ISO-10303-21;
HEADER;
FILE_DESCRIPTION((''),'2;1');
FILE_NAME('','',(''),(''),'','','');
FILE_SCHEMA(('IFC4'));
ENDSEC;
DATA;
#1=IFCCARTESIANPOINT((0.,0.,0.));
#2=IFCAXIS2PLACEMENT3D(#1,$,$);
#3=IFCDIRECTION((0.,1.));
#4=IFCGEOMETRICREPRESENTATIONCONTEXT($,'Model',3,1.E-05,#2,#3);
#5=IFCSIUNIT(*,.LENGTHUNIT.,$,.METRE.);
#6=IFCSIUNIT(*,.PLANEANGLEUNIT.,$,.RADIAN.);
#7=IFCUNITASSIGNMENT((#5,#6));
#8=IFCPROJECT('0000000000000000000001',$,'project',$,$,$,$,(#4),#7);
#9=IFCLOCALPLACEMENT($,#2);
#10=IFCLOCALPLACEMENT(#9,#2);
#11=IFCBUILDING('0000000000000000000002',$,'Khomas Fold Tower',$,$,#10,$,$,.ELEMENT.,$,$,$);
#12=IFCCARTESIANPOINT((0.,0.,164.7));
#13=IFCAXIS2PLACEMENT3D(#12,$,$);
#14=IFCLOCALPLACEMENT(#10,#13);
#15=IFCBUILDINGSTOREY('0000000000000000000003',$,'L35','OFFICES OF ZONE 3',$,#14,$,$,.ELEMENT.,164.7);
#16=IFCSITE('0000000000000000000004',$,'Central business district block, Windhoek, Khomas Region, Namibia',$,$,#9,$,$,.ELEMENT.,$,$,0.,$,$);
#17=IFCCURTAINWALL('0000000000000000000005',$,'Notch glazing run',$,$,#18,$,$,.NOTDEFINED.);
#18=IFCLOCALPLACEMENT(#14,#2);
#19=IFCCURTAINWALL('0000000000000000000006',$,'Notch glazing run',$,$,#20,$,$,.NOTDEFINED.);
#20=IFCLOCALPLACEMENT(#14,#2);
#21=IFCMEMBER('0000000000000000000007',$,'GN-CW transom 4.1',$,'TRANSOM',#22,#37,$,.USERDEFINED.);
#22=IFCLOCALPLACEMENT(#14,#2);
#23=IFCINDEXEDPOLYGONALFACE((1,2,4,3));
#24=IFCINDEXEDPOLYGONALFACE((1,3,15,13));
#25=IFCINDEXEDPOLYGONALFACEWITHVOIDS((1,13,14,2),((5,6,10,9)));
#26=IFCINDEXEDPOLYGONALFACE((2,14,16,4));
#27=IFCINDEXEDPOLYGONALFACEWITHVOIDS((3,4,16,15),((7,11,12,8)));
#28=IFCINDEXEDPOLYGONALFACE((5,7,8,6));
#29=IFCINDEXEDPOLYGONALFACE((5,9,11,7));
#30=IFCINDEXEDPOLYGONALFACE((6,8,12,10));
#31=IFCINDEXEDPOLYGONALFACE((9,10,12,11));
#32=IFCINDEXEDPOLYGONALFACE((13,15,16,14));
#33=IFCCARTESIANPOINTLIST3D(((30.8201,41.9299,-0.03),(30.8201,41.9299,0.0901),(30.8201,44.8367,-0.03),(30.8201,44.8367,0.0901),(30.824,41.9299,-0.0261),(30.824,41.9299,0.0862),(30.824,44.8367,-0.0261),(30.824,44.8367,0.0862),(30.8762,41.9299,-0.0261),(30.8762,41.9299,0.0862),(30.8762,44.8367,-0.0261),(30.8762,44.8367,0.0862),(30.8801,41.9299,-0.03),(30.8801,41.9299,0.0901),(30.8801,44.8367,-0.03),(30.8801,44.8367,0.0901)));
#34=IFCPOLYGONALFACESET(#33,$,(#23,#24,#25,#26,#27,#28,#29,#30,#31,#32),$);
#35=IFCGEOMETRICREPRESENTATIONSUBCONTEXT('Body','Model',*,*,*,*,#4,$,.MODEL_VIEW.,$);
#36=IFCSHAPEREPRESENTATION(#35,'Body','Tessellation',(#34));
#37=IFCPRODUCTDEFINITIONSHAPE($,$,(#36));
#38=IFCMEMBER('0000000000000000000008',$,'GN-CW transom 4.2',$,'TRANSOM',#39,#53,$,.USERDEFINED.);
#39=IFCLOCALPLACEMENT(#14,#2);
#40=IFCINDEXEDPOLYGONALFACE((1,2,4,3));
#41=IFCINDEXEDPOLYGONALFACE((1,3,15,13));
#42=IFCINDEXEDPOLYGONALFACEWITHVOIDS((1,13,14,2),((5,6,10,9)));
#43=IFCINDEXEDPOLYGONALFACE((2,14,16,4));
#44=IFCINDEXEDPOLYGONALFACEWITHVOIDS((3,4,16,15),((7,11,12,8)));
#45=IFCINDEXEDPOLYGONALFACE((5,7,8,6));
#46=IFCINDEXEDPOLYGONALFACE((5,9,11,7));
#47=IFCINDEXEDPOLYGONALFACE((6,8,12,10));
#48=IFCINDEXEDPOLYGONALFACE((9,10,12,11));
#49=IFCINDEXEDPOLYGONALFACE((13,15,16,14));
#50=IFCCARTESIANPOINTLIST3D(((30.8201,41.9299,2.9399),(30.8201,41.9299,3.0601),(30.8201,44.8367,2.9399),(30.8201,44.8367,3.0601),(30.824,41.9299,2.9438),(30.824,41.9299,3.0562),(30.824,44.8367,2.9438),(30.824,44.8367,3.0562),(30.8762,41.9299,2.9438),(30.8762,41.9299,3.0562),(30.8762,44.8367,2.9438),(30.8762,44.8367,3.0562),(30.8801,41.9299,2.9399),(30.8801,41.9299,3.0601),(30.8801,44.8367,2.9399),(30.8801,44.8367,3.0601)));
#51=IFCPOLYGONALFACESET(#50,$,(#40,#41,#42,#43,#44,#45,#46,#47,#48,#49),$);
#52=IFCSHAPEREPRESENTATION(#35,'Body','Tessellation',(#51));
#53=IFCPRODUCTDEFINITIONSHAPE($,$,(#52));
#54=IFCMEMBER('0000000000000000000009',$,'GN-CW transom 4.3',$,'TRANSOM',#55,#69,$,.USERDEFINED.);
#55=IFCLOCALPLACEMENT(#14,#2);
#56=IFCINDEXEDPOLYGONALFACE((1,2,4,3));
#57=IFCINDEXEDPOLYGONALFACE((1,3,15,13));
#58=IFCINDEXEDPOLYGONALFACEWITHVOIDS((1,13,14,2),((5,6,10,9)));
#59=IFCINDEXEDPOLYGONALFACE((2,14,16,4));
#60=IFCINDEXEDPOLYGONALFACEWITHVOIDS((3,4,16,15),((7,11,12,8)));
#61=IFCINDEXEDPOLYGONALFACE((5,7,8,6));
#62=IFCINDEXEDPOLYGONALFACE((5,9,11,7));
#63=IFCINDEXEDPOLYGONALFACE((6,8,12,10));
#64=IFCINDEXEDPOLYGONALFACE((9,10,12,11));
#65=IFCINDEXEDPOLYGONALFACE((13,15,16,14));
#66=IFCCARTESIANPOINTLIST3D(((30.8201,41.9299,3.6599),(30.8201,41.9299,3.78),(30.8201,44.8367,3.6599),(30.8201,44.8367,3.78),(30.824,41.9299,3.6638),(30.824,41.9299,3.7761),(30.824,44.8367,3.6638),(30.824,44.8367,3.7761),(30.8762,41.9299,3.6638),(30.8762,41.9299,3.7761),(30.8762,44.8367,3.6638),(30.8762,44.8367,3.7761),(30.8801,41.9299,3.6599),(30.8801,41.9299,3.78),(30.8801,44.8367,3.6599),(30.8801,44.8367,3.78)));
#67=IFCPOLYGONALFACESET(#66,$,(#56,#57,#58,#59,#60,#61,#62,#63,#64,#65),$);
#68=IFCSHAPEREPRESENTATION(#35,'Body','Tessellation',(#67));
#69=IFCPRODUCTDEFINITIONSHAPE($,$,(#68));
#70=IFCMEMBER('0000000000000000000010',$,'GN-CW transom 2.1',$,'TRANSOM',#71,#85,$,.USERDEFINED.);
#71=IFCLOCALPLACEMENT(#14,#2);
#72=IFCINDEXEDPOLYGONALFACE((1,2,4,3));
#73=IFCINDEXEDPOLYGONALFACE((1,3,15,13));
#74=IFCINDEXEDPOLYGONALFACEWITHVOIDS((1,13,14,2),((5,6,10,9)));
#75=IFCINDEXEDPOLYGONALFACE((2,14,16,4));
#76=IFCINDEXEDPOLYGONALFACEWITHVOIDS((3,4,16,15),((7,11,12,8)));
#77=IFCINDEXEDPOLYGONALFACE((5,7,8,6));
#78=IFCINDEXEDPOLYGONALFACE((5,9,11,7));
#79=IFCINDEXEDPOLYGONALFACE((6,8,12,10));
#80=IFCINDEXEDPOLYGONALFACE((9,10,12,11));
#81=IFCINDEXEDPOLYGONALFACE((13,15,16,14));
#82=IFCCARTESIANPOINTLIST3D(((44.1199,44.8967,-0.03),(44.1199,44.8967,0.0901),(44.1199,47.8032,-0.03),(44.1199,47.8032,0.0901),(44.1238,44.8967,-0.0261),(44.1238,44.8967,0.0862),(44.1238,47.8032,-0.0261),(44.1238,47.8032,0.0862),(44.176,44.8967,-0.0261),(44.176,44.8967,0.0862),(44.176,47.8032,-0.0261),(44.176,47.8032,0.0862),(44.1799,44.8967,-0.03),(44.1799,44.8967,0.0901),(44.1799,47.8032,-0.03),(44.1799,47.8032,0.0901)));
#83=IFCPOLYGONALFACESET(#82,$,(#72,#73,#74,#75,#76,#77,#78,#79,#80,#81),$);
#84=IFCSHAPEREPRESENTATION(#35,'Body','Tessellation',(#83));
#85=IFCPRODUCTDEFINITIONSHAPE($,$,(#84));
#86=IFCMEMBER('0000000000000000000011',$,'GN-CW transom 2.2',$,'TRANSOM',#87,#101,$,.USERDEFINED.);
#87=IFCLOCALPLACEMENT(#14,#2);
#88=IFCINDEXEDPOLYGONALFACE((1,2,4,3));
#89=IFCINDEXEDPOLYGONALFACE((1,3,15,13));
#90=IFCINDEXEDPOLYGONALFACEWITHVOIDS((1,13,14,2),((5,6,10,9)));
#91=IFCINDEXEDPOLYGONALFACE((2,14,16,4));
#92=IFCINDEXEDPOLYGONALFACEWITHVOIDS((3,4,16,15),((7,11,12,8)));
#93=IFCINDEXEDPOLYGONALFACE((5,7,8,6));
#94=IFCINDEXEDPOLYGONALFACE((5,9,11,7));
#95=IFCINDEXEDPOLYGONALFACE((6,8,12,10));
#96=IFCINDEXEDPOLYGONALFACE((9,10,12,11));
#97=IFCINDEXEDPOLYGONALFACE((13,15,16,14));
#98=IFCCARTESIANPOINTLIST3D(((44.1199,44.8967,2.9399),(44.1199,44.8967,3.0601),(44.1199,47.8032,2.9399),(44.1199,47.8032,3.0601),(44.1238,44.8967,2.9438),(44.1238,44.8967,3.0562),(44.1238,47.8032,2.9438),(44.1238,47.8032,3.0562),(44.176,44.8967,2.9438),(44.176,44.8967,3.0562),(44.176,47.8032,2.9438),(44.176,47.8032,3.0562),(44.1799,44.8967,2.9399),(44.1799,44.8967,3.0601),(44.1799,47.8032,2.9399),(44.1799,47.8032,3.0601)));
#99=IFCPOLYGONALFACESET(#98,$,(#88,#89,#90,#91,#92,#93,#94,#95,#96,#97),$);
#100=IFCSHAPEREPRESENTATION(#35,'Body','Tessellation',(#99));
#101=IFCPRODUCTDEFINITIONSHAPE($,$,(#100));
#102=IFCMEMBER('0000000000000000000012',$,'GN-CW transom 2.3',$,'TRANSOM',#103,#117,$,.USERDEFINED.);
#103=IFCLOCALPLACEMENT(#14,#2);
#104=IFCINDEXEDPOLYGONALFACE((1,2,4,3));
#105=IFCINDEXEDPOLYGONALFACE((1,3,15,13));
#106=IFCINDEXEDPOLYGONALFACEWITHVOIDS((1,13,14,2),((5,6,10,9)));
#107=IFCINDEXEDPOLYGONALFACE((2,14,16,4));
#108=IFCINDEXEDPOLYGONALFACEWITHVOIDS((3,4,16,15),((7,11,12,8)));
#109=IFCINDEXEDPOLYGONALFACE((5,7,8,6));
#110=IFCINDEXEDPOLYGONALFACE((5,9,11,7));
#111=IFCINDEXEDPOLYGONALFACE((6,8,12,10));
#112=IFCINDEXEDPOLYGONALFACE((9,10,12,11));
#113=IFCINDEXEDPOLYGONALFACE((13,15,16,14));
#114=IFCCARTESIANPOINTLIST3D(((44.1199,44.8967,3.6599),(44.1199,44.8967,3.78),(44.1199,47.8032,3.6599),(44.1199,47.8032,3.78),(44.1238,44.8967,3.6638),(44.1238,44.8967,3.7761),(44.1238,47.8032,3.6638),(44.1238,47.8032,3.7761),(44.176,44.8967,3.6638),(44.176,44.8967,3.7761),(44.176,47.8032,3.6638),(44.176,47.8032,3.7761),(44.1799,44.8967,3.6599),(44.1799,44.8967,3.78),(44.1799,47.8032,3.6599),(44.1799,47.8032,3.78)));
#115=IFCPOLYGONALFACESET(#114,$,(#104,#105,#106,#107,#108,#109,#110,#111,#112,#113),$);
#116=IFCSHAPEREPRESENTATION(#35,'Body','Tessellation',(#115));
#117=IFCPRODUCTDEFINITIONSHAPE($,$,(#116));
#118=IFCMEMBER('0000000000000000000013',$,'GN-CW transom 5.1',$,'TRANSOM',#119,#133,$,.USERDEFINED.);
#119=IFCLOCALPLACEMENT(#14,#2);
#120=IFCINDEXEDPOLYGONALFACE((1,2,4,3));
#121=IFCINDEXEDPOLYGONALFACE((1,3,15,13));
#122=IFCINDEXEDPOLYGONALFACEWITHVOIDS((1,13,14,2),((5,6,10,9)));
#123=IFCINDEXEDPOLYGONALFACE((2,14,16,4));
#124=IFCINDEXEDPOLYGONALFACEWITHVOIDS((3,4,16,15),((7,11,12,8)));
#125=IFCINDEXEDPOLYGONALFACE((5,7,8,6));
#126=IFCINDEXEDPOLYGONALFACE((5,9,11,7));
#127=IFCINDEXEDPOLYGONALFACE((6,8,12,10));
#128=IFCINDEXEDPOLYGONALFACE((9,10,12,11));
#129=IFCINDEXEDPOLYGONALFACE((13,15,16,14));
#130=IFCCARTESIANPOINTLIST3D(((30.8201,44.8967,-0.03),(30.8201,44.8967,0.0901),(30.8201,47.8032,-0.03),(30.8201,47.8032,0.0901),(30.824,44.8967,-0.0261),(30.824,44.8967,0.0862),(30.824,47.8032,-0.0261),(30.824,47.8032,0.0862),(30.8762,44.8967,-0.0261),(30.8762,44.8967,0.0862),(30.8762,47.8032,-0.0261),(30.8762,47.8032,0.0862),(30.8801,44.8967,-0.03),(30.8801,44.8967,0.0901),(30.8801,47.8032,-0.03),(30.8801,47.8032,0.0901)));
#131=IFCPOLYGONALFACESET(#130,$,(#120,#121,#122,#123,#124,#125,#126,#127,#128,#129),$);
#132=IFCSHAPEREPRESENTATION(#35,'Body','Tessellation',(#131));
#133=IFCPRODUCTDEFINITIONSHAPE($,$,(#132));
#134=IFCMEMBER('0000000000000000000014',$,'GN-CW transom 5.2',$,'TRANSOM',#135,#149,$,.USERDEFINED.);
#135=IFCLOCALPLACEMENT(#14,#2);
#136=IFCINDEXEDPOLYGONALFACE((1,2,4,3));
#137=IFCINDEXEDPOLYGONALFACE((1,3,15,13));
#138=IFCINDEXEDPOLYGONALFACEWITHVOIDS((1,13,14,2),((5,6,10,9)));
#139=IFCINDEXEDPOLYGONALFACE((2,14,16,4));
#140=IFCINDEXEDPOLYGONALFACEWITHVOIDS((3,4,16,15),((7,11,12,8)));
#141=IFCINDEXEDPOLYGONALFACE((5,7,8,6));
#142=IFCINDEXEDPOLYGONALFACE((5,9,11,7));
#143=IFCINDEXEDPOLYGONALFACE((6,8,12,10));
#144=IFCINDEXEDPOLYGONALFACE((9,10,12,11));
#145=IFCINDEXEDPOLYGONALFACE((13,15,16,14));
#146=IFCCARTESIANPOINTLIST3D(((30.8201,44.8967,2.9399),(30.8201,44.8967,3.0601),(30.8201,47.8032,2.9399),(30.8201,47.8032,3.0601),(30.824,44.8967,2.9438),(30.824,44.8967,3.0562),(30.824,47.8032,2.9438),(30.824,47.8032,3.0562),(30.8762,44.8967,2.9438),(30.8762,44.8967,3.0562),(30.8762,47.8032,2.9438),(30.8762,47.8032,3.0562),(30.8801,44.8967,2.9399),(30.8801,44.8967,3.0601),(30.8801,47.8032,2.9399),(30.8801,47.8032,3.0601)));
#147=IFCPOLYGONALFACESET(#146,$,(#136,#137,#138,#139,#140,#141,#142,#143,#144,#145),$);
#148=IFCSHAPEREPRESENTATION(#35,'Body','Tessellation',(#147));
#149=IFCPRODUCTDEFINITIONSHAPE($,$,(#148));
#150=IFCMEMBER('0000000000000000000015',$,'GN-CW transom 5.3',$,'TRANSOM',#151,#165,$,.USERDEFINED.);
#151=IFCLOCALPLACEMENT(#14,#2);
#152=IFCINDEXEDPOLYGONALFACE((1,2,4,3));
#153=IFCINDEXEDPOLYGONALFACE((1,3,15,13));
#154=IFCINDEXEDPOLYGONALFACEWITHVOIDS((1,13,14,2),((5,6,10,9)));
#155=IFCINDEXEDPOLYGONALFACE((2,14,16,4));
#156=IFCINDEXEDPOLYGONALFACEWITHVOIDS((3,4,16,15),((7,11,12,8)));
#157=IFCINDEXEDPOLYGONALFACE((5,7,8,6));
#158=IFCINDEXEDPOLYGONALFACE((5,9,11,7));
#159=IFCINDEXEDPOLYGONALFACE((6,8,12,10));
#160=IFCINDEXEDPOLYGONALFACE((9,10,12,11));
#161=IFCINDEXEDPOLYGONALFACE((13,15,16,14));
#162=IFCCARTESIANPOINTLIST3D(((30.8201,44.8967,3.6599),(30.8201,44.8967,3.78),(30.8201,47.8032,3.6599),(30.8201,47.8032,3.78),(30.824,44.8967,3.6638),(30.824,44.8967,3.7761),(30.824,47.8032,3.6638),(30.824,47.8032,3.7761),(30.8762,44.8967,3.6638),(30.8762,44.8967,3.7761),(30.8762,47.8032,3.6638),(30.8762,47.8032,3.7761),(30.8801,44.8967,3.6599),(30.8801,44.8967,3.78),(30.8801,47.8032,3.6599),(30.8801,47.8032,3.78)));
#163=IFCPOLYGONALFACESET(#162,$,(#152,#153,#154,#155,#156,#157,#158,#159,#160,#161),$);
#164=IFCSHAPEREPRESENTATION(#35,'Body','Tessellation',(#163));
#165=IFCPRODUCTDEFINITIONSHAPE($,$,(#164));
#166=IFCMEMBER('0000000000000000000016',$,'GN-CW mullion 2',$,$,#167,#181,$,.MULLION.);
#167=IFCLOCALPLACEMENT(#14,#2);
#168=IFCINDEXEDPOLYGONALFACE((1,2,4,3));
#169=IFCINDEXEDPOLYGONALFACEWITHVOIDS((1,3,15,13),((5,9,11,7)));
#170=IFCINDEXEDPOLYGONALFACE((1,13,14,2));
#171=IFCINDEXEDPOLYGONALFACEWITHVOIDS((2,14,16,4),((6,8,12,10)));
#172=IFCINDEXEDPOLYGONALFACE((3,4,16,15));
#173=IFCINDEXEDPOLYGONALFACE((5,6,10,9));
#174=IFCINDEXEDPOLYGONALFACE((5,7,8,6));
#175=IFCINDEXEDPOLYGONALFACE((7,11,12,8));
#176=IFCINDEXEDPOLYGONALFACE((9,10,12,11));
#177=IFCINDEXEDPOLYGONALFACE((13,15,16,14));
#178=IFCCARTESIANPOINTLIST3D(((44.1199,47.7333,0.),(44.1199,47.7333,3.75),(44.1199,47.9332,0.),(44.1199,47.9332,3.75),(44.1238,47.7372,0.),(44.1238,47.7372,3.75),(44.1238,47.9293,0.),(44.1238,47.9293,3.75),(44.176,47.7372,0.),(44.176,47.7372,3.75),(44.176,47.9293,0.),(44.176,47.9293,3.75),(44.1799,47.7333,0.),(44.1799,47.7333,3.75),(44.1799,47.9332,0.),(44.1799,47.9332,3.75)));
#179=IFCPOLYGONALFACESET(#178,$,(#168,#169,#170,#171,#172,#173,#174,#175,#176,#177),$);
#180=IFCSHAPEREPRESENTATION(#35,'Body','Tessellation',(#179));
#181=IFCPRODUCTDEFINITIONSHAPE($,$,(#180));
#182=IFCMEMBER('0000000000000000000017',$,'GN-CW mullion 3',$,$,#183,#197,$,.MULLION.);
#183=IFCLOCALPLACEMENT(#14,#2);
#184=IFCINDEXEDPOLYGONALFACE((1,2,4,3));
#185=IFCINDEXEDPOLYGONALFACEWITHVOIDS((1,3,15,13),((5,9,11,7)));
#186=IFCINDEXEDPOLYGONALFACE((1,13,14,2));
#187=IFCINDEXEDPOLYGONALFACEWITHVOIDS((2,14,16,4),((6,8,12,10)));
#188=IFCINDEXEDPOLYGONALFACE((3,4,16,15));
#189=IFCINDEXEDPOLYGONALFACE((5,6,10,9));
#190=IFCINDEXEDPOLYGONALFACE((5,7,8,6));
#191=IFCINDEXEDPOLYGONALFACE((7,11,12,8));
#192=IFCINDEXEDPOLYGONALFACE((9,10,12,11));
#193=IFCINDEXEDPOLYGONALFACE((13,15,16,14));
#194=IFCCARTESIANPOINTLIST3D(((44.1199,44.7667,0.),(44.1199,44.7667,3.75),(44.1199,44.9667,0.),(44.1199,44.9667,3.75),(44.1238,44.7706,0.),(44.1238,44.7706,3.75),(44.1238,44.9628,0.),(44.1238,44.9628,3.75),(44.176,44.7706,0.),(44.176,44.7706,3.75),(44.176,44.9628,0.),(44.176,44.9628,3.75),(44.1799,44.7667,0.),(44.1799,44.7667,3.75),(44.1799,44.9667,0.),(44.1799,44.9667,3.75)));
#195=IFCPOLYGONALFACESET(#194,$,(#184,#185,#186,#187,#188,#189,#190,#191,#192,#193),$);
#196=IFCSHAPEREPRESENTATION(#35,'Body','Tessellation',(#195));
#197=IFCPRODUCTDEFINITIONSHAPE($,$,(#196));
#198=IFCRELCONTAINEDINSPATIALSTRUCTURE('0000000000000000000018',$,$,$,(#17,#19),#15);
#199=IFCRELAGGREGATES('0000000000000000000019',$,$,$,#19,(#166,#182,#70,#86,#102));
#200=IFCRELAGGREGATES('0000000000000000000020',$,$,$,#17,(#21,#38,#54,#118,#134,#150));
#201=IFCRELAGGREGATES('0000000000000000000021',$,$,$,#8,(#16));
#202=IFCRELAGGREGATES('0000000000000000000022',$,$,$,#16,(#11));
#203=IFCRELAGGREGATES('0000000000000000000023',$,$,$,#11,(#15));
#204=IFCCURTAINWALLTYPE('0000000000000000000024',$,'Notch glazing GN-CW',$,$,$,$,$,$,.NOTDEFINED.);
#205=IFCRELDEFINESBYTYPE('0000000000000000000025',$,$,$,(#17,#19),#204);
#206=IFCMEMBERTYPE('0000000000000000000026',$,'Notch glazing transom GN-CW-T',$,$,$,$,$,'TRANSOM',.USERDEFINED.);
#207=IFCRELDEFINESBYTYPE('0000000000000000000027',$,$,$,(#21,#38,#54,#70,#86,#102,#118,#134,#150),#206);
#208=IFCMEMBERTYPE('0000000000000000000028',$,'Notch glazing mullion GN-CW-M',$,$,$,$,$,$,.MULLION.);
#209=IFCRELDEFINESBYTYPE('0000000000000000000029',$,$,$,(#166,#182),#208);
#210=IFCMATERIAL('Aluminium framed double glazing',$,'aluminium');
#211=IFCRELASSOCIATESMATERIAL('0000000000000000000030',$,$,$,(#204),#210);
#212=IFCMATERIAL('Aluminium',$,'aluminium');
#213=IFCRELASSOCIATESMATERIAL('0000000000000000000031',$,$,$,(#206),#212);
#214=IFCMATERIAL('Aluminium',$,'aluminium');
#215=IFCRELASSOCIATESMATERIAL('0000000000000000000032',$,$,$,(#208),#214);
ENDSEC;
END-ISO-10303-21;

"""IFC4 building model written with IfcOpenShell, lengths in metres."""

from ifc_helpers import new_model, si_unit, direction, frame, origin, origin_2d, place, context, subcontext, project, spatial, hollow_rectangle, extrude, source, transform, mapped, material, material_profile, profile_set, type_object, element, aggregate, save


model = new_model("IFC4")

# Units and contexts
model_context = context("Model", 3, precision=1e-05, world=origin(), true_north=direction((0.0, 1.0)))
body_context = subcontext(model_context, "Body", "Model", "MODEL_VIEW")
ifc_project = project(units=[si_unit("LENGTHUNIT", "METRE"), si_unit("PLANEANGLEUNIT", "RADIAN")], contexts=[model_context])

# Site, building, storey
site_placement = place(None, origin())
site = spatial("IfcSite", under=ifc_project, at=site_placement, Name="Central business district block, Windhoek, Khomas Region, Namibia", CompositionType="ELEMENT", RefElevation=0.0)
building_placement = place(site_placement, origin())
building = spatial("IfcBuilding", under=site, at=building_placement, Name="Khomas Fold Tower", CompositionType="ELEMENT")
storey_placement = place(building_placement, frame((0.0, 0.0, 164.7)))
storey = spatial("IfcBuildingStorey", under=building, at=storey_placement, Name="L35", Description="OFFICES OF ZONE 3", CompositionType="ELEMENT", Elevation=164.7)

# Curtain walls
ifc_material_1 = material(Name="Aluminium framed double glazing", Category="aluminium")
curtain_wall_type_1 = type_object("IfcCurtainWallType", Name="Notch glazing GN-CW", PredefinedType="NOTDEFINED", material=ifc_material_1)
curtain_wall_1_placement = place(storey_placement, origin())
curtain_wall_1 = element("IfcCurtainWall", 1, at=curtain_wall_1_placement, inside=storey, type_object=curtain_wall_type_1, Name="Notch glazing run", PredefinedType="NOTDEFINED")
ifc_material_2 = material(Name="Aluminium", Category="aluminium")
ifc_material_profile_1 = material_profile(ifc_material_2, hollow_rectangle(XDim=0.0601, YDim=0.1201, WallThickness=0.0039, at=origin_2d()), Name="Notch glazing transom GN-CW-T")
ifc_profile_set_1 = profile_set([ifc_material_profile_1], Name="Aluminium")
member_type_1 = type_object("IfcMemberType", Name="Notch glazing transom GN-CW-T", ElementType="TRANSOM", PredefinedType="USERDEFINED", material=ifc_profile_set_1)
curtain_wall_2_placement = place(storey_placement, origin())
curtain_wall_2 = element("IfcCurtainWall", 2, at=curtain_wall_2_placement, inside=storey, type_object=curtain_wall_type_1, Name="Notch glazing run", PredefinedType="NOTDEFINED")
shared_shape_1 = source(origin(), body_context, "Body", "SweptSolid", [
    extrude(hollow_rectangle(XDim=0.0601, YDim=0.1201, WallThickness=0.0039, at=origin_2d()), origin(), (0.0, 0.0, 1.0), 2.9067),
])

# Members
member_1_placement = place(storey_placement, frame((30.8501, 41.9299, 0.03), z_axis=(0.0, 1.0, 0.0), x_axis=(-1.0, 0.0, 0.0)))
member_1 = element("IfcMember", 3, at=member_1_placement, type_object=member_type_1, Name="GN-CW transom 4.1", ObjectType="TRANSOM", PredefinedType="USERDEFINED", context=body_context, shape_type="MappedRepresentation", body=[
    mapped(shared_shape_1, transform((0.0, 0.0, 0.0))),
])
member_2_placement = place(storey_placement, frame((30.8501, 41.9299, 3.0), z_axis=(0.0, 1.0, 0.0), x_axis=(-1.0, 0.0, 0.0)))
member_2 = element("IfcMember", 4, at=member_2_placement, type_object=member_type_1, Name="GN-CW transom 4.2", ObjectType="TRANSOM", PredefinedType="USERDEFINED", context=body_context, shape_type="MappedRepresentation", body=[
    mapped(shared_shape_1, transform((0.0, 0.0, 0.0))),
])
member_3_placement = place(storey_placement, frame((30.8501, 41.9299, 3.72), z_axis=(0.0, 1.0, 0.0), x_axis=(-1.0, 0.0, 0.0)))
member_3 = element("IfcMember", 5, at=member_3_placement, type_object=member_type_1, Name="GN-CW transom 4.3", ObjectType="TRANSOM", PredefinedType="USERDEFINED", context=body_context, shape_type="MappedRepresentation", body=[
    mapped(shared_shape_1, transform((0.0, 0.0, 0.0))),
])
shared_shape_2 = source(origin(), body_context, "Body", "SweptSolid", [
    extrude(hollow_rectangle(XDim=0.0601, YDim=0.1201, WallThickness=0.0039, at=origin_2d()), origin(), (0.0, 0.0, 1.0), 2.9065),
])
member_4_placement = place(storey_placement, frame((44.1499, 47.8032, 0.03), z_axis=(0.0, -1.0, 0.0), x_axis=(1.0, 0.0, 0.0)))
member_4 = element("IfcMember", 6, at=member_4_placement, type_object=member_type_1, Name="GN-CW transom 2.1", ObjectType="TRANSOM", PredefinedType="USERDEFINED", context=body_context, shape_type="MappedRepresentation", body=[
    mapped(shared_shape_2, transform((0.0, 0.0, 0.0))),
])
member_5_placement = place(storey_placement, frame((44.1499, 47.8032, 3.0), z_axis=(0.0, -1.0, 0.0), x_axis=(1.0, 0.0, 0.0)))
member_5 = element("IfcMember", 7, at=member_5_placement, type_object=member_type_1, Name="GN-CW transom 2.2", ObjectType="TRANSOM", PredefinedType="USERDEFINED", context=body_context, shape_type="MappedRepresentation", body=[
    mapped(shared_shape_2, transform((0.0, 0.0, 0.0))),
])
member_6_placement = place(storey_placement, frame((44.1499, 47.8032, 3.72), z_axis=(0.0, -1.0, 0.0), x_axis=(1.0, 0.0, 0.0)))
member_6 = element("IfcMember", 8, at=member_6_placement, type_object=member_type_1, Name="GN-CW transom 2.3", ObjectType="TRANSOM", PredefinedType="USERDEFINED", context=body_context, shape_type="MappedRepresentation", body=[
    mapped(shared_shape_2, transform((0.0, 0.0, 0.0))),
])
member_7_placement = place(storey_placement, frame((30.8501, 44.8967, 0.03), z_axis=(0.0, 1.0, 0.0), x_axis=(-1.0, 0.0, 0.0)))
member_7 = element("IfcMember", 9, at=member_7_placement, type_object=member_type_1, Name="GN-CW transom 5.1", ObjectType="TRANSOM", PredefinedType="USERDEFINED", context=body_context, shape_type="MappedRepresentation", body=[
    mapped(shared_shape_2, transform((0.0, 0.0, 0.0))),
])
member_8_placement = place(storey_placement, frame((30.8501, 44.8967, 3.0), z_axis=(0.0, 1.0, 0.0), x_axis=(-1.0, 0.0, 0.0)))
member_8 = element("IfcMember", 10, at=member_8_placement, type_object=member_type_1, Name="GN-CW transom 5.2", ObjectType="TRANSOM", PredefinedType="USERDEFINED", context=body_context, shape_type="MappedRepresentation", body=[
    mapped(shared_shape_2, transform((0.0, 0.0, 0.0))),
])
member_9_placement = place(storey_placement, frame((30.8501, 44.8967, 3.72), z_axis=(0.0, 1.0, 0.0), x_axis=(-1.0, 0.0, 0.0)))
member_9 = element("IfcMember", 11, at=member_9_placement, type_object=member_type_1, Name="GN-CW transom 5.3", ObjectType="TRANSOM", PredefinedType="USERDEFINED", context=body_context, shape_type="MappedRepresentation", body=[
    mapped(shared_shape_2, transform((0.0, 0.0, 0.0))),
])
ifc_material_3 = material(Name="Aluminium", Category="aluminium")
ifc_material_profile_2 = material_profile(ifc_material_3, hollow_rectangle(XDim=0.0601, YDim=0.2, WallThickness=0.0039, at=origin_2d()), Name="Notch glazing mullion GN-CW-M")
ifc_profile_set_2 = profile_set([ifc_material_profile_2], Name="Aluminium")
member_type_2 = type_object("IfcMemberType", Name="Notch glazing mullion GN-CW-M", PredefinedType="MULLION", material=ifc_profile_set_2)
shared_shape_3 = source(origin(), body_context, "Body", "SweptSolid", [
    extrude(hollow_rectangle(XDim=0.0601, YDim=0.2, WallThickness=0.0039, at=origin_2d()), origin(), (0.0, 0.0, 1.0), 3.75),
])
member_10_placement = place(storey_placement, frame((44.1499, 47.8333, 0.0), z_axis=(0.0, 0.0, 1.0), x_axis=(1.0, 0.0, 0.0)))
member_10 = element("IfcMember", 12, at=member_10_placement, type_object=member_type_2, Name="GN-CW mullion 2", PredefinedType="MULLION", context=body_context, shape_type="MappedRepresentation", body=[
    mapped(shared_shape_3, transform((0.0, 0.0, 0.0))),
])
member_11_placement = place(storey_placement, frame((44.1499, 44.8667, 0.0), z_axis=(0.0, 0.0, 1.0), x_axis=(1.0, 0.0, 0.0)))
member_11 = element("IfcMember", 13, at=member_11_placement, type_object=member_type_2, Name="GN-CW mullion 3", PredefinedType="MULLION", context=body_context, shape_type="MappedRepresentation", body=[
    mapped(shared_shape_3, transform((0.0, 0.0, 0.0))),
])

aggregate(curtain_wall_2, [member_10, member_11, member_4, member_5, member_6])
aggregate(curtain_wall_1, [member_1, member_2, member_3, member_7, member_8, member_9])

save(model, "model.ifc")
